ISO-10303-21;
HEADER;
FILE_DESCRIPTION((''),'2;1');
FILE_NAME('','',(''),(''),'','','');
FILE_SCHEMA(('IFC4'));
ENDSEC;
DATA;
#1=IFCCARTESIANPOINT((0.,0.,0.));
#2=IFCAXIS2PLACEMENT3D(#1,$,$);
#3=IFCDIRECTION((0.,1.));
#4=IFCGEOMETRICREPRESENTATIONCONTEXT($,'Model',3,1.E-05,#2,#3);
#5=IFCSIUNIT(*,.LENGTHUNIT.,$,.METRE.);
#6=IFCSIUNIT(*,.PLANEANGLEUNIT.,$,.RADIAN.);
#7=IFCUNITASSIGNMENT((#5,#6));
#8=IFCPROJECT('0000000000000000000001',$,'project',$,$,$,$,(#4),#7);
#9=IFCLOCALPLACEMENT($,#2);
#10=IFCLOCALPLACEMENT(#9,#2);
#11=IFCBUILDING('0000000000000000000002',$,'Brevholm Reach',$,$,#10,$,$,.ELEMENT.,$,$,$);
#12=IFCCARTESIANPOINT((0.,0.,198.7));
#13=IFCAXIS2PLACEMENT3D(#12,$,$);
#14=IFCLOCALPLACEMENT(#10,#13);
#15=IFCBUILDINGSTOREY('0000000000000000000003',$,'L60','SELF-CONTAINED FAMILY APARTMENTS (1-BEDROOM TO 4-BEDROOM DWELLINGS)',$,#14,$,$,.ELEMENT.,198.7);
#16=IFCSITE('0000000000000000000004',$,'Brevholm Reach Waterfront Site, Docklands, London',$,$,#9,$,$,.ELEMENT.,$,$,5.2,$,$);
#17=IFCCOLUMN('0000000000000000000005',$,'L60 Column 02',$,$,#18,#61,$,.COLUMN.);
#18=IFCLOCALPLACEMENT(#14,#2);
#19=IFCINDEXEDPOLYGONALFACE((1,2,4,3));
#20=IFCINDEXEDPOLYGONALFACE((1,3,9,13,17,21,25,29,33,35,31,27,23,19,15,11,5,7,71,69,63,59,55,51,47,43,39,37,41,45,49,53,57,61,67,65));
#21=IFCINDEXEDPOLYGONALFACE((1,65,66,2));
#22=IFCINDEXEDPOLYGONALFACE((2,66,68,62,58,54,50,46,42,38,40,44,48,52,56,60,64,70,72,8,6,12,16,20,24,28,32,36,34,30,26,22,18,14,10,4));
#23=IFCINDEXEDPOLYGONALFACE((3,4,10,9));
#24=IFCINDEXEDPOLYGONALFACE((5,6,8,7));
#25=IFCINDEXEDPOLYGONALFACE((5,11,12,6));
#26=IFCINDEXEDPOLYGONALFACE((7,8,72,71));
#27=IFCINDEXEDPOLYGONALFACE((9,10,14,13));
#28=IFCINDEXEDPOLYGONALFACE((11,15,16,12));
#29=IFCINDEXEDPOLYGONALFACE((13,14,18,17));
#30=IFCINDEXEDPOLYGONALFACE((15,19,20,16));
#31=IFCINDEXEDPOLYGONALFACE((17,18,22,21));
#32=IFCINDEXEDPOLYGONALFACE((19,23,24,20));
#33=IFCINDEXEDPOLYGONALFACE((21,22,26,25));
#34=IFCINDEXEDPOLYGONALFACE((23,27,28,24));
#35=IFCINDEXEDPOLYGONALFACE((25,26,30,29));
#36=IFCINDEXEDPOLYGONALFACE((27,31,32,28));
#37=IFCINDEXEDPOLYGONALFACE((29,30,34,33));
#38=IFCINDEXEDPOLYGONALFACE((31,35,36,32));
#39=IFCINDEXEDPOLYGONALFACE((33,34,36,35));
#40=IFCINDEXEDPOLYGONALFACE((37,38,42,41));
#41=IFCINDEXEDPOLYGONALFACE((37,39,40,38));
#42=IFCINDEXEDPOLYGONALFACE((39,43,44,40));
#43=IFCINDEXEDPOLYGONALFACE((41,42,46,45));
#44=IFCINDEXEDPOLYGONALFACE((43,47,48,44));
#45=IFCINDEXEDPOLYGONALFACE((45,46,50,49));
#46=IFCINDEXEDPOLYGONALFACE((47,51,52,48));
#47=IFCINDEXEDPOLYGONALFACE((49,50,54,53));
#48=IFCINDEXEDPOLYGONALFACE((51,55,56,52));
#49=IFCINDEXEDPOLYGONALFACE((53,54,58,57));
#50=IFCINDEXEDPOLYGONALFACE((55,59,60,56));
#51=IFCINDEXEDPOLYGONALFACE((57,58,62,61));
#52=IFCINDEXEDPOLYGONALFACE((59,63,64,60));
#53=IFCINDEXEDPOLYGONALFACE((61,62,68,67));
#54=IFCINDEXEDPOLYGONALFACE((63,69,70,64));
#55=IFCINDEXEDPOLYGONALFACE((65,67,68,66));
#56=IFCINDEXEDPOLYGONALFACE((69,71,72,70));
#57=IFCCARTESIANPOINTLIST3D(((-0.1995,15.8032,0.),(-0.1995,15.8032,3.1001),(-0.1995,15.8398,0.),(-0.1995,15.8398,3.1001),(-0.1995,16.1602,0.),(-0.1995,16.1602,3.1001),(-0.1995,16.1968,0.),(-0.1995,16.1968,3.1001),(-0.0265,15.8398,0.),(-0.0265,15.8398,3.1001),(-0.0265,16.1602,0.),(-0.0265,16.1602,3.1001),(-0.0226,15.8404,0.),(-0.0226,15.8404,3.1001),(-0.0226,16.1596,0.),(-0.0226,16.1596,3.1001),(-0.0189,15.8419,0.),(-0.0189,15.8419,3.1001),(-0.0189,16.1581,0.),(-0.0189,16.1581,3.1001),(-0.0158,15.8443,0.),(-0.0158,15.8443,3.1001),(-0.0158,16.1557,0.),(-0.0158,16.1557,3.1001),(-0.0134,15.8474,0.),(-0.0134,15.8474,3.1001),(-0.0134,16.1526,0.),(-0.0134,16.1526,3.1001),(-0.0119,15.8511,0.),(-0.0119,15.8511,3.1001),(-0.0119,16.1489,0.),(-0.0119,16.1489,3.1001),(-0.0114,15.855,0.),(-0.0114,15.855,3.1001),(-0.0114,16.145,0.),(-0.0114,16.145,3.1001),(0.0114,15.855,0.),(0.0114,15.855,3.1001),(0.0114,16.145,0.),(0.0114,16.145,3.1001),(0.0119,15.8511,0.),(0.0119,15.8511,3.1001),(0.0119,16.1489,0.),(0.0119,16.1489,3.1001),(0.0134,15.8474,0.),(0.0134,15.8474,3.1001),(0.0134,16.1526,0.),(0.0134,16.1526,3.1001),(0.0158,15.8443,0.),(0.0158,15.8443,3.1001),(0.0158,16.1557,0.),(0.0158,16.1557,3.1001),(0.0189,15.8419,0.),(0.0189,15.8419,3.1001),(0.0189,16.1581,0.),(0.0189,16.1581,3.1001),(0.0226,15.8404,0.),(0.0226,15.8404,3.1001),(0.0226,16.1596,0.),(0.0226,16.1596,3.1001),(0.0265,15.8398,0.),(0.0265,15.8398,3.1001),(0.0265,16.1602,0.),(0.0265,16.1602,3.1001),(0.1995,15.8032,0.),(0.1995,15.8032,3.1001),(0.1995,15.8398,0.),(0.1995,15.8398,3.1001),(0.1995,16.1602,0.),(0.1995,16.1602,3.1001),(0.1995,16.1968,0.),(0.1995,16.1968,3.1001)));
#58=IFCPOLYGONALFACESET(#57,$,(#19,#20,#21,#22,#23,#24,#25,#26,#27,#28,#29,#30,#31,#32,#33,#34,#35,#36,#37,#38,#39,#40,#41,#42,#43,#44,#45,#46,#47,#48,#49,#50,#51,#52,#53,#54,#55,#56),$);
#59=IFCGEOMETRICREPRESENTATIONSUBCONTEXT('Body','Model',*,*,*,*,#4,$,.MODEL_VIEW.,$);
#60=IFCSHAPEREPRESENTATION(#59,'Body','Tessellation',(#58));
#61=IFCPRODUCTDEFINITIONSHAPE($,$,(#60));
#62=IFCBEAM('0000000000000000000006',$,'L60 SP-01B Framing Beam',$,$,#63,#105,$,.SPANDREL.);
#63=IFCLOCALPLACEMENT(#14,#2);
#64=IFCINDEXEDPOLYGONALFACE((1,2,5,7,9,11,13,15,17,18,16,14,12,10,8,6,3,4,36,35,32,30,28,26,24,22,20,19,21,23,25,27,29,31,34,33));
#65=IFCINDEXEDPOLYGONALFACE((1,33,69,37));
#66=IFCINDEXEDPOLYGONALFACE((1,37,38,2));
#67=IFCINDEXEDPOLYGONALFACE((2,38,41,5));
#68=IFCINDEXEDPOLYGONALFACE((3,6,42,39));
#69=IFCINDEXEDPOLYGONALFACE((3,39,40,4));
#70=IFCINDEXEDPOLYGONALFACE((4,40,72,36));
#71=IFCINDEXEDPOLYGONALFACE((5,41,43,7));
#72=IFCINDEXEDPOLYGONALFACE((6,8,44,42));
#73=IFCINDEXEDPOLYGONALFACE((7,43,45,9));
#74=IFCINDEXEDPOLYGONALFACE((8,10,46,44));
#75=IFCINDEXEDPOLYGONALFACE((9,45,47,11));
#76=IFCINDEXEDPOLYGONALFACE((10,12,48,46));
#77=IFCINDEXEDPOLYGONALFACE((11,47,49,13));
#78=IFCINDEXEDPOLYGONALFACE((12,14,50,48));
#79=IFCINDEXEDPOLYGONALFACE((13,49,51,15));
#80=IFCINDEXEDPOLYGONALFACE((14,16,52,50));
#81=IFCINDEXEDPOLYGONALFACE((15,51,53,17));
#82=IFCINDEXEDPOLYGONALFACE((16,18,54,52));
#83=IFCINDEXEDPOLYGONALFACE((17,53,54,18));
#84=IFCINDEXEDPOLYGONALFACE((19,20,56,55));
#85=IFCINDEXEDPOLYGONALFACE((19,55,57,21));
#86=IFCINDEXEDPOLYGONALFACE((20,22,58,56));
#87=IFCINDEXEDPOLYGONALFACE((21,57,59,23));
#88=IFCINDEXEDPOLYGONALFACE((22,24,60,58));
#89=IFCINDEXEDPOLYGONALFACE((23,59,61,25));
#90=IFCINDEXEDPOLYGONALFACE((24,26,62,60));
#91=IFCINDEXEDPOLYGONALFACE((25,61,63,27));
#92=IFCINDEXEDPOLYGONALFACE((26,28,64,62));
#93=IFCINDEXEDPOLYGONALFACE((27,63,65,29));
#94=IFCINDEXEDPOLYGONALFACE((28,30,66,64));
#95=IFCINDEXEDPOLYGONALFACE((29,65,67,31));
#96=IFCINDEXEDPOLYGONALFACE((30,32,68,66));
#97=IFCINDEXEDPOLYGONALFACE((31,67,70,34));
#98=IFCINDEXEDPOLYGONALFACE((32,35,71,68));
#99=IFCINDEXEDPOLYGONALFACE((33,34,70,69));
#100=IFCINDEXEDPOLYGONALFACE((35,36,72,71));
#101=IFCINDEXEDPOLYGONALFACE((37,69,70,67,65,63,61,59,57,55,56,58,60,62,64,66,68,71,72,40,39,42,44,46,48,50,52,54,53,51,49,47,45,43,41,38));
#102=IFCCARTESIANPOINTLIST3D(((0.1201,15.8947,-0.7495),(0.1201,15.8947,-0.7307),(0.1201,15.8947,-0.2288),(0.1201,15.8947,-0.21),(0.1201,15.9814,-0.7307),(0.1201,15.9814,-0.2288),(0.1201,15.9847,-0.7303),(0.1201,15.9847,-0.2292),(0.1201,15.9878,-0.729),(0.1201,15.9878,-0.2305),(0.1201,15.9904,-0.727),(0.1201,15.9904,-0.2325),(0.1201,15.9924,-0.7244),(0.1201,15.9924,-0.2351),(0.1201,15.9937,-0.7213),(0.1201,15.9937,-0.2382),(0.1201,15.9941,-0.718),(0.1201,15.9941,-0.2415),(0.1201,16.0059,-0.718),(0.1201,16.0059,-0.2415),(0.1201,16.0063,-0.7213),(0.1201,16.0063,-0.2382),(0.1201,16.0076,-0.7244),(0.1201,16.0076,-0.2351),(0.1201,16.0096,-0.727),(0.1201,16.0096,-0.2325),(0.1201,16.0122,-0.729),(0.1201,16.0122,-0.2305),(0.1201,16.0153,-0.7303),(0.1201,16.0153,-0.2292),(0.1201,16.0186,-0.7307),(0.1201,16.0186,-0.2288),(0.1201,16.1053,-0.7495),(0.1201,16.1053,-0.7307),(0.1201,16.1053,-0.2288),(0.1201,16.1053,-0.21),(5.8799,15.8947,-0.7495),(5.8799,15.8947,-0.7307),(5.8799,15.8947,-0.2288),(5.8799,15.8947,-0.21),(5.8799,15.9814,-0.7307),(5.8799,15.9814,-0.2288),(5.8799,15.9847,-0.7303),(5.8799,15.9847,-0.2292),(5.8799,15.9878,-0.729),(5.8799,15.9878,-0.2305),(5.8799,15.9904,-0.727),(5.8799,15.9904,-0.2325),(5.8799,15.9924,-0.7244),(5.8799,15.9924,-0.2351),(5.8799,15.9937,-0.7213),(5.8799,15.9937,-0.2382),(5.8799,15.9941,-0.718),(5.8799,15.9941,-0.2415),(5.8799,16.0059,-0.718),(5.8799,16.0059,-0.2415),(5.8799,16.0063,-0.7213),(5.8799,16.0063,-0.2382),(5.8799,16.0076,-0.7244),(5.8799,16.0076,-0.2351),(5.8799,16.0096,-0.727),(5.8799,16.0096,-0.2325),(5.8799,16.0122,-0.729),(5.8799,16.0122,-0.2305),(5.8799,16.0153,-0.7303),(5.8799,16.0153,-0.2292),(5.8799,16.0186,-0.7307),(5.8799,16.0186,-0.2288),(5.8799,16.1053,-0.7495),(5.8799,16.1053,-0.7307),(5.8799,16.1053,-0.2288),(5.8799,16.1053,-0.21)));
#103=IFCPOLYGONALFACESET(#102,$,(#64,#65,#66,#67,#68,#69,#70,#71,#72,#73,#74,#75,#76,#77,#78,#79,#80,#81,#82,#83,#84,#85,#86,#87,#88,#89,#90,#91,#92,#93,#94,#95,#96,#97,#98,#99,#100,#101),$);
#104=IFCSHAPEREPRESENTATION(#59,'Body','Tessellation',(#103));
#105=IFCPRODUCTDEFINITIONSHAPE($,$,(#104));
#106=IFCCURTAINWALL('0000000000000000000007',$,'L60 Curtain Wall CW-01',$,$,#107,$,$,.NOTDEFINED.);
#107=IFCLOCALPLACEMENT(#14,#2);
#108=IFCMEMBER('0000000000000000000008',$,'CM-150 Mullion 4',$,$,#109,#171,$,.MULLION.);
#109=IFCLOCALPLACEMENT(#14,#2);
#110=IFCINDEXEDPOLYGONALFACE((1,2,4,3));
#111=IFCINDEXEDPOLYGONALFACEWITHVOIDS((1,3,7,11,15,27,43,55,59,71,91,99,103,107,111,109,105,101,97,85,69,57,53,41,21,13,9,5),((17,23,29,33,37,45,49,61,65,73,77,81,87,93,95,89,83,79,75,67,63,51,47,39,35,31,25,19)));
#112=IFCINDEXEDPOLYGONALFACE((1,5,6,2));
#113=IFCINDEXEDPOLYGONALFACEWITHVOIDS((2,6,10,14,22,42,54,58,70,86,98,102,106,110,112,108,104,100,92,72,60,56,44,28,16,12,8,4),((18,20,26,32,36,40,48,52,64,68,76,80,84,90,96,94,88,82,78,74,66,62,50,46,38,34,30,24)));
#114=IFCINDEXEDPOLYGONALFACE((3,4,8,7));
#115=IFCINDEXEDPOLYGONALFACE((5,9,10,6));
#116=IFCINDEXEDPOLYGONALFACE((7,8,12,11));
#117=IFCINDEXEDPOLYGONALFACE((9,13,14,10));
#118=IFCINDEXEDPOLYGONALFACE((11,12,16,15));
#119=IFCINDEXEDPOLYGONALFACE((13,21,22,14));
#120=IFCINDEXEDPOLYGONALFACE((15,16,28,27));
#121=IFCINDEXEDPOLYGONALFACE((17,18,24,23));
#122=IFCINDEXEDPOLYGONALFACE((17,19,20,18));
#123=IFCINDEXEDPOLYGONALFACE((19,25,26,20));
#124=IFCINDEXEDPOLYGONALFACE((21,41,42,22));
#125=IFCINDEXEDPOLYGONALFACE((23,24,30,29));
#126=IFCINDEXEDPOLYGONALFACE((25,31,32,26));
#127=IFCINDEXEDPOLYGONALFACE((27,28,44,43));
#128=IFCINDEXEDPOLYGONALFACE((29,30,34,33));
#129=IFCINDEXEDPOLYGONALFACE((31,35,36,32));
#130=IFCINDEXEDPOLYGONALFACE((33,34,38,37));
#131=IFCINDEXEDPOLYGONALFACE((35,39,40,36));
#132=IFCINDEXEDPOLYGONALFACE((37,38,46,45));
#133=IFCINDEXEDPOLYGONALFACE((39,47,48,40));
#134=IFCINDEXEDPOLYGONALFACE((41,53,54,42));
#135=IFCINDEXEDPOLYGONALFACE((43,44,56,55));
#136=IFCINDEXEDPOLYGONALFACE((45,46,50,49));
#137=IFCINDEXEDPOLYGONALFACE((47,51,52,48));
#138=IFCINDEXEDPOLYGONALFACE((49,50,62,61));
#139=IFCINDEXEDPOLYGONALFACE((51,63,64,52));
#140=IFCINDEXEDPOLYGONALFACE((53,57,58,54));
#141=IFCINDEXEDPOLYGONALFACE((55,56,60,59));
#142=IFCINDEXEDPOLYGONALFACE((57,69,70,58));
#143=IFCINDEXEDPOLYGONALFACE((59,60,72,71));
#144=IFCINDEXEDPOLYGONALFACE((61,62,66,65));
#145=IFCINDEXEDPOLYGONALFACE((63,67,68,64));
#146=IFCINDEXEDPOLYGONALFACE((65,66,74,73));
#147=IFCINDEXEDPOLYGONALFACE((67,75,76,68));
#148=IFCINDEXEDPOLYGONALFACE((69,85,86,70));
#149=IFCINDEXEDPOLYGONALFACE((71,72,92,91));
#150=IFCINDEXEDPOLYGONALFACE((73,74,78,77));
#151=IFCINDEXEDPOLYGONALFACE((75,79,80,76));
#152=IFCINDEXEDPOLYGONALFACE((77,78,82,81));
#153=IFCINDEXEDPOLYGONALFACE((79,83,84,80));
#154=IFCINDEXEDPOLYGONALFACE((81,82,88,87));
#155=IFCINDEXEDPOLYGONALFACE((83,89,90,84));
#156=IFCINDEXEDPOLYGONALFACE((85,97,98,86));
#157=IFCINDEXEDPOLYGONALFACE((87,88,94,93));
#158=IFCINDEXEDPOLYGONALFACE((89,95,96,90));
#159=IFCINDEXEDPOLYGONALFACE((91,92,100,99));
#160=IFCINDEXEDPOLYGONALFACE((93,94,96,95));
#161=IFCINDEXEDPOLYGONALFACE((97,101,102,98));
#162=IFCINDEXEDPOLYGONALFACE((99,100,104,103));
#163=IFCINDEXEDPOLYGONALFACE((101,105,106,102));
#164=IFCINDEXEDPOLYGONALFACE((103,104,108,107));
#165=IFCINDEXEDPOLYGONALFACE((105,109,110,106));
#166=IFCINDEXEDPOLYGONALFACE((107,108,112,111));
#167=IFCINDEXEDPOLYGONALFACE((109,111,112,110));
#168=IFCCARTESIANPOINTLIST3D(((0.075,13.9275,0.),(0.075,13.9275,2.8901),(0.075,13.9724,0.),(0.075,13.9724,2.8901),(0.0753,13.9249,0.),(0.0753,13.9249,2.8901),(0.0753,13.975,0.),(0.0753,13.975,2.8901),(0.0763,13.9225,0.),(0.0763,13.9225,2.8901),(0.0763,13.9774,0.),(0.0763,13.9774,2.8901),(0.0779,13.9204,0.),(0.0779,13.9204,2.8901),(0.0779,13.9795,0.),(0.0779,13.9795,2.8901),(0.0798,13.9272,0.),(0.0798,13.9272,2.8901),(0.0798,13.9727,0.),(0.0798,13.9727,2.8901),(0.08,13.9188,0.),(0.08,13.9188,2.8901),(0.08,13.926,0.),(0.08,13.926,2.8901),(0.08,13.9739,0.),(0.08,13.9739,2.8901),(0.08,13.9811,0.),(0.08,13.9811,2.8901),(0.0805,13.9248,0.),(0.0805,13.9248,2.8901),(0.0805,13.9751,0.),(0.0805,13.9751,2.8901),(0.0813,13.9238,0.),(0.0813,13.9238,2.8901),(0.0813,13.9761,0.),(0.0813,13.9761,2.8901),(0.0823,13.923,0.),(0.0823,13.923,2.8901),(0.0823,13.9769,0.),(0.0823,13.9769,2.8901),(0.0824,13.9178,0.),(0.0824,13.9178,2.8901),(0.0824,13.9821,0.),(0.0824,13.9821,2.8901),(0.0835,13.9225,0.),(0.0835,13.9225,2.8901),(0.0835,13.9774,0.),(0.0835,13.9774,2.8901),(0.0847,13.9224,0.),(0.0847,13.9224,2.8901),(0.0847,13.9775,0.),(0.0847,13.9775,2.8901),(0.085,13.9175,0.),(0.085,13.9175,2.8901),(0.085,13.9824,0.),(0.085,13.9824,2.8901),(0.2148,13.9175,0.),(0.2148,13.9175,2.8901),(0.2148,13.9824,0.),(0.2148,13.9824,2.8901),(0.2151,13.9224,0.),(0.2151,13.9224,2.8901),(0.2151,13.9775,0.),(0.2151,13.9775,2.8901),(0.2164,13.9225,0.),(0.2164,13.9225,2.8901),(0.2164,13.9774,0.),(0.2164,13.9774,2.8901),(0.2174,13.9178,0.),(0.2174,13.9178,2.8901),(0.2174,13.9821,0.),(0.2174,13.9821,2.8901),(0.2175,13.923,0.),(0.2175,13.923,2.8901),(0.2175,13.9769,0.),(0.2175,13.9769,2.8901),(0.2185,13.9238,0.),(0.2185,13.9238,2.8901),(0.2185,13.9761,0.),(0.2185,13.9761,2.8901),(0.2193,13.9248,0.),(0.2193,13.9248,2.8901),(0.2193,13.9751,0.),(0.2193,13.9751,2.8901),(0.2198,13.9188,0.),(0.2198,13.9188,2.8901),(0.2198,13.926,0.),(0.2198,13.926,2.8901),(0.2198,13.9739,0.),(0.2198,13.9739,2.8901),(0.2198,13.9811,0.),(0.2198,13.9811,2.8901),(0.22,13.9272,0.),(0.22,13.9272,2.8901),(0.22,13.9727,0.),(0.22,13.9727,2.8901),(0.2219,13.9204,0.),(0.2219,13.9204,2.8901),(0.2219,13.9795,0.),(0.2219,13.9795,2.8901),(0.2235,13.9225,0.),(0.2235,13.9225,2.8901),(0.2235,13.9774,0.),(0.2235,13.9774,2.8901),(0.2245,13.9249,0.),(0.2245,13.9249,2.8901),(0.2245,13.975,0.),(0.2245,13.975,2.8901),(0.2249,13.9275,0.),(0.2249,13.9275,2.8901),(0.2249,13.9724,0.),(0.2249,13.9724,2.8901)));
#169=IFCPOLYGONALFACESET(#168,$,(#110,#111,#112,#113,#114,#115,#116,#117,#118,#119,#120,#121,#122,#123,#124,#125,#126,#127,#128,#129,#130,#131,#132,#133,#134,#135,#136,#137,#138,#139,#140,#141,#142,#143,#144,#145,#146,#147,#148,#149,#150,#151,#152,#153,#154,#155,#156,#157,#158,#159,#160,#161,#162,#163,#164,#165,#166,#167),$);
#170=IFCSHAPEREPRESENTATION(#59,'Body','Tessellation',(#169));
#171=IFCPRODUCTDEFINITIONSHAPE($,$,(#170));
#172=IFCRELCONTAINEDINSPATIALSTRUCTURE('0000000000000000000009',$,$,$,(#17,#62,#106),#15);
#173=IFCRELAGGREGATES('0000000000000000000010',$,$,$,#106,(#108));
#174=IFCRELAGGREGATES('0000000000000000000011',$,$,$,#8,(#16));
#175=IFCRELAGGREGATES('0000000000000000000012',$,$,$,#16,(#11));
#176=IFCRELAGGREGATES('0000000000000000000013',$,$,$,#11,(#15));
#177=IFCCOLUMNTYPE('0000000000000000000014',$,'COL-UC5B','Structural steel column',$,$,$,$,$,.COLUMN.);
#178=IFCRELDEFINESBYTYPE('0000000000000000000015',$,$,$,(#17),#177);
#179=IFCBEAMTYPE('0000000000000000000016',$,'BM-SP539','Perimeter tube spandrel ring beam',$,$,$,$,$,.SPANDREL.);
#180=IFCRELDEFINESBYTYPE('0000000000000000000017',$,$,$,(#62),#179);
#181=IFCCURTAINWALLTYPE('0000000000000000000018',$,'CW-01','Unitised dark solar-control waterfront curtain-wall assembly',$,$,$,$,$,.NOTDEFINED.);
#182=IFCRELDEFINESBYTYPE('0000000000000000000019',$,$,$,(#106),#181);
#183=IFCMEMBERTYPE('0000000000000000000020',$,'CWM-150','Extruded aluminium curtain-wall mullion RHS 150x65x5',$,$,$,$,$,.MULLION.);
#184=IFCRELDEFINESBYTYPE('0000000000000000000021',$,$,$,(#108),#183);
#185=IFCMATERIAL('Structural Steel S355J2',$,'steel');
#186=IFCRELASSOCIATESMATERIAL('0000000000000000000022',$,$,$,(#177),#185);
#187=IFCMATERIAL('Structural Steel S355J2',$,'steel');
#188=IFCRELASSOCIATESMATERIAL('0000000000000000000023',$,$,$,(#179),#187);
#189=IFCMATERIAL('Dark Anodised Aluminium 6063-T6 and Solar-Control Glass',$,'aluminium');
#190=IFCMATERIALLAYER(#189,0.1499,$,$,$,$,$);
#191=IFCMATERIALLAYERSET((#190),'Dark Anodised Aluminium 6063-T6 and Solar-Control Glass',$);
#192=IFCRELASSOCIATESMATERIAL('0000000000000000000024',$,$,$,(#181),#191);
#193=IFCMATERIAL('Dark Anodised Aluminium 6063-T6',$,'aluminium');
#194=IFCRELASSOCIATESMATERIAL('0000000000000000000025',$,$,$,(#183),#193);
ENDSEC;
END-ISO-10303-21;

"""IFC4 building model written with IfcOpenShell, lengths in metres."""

from ifc_helpers import new_model, si_unit, direction, frame, origin, origin_2d, place, context, subcontext, project, spatial, hollow_rectangle, i_section, extrude, material, layer, layer_set, material_profile, profile_set, type_object, element, aggregate, save


model = new_model("IFC4")

# Units and contexts
model_context = context("Model", 3, precision=1e-05, world=origin(), true_north=direction((0.0, 1.0)))
body_context = subcontext(model_context, "Body", "Model", "MODEL_VIEW")
ifc_project = project(units=[si_unit("LENGTHUNIT", "METRE"), si_unit("PLANEANGLEUNIT", "RADIAN")], contexts=[model_context])

# Site, building, storey
site_placement = place(None, origin())
site = spatial("IfcSite", under=ifc_project, at=site_placement, Name="Brevholm Reach Waterfront Site, Docklands, London", CompositionType="ELEMENT", RefElevation=5.2)
building_placement = place(site_placement, origin())
building = spatial("IfcBuilding", under=site, at=building_placement, Name="Brevholm Reach", CompositionType="ELEMENT")
storey_placement = place(building_placement, frame((0.0, 0.0, 198.7)))
storey = spatial("IfcBuildingStorey", under=building, at=storey_placement, Name="L60", Description="SELF-CONTAINED FAMILY APARTMENTS (1-BEDROOM TO 4-BEDROOM DWELLINGS)", CompositionType="ELEMENT", Elevation=198.7)

# Column
ifc_material_1 = material(Name="Structural Steel S355J2", Category="steel")
ifc_material_profile_1 = material_profile(ifc_material_1, i_section(OverallWidth=0.3989, OverallDepth=0.3936, WebThickness=0.0227, FlangeThickness=0.0366, FilletRadius=0.0151, at=origin_2d()), Name="UKC 356x406x287")
ifc_profile_set_1 = profile_set([ifc_material_profile_1], Name="Structural Steel S355J2")
column_type = type_object("IfcColumnType", Name="COL-UC5B", Description="Structural steel column", PredefinedType="COLUMN", material=ifc_profile_set_1)
column_placement = place(storey_placement, frame((0.0, 16.0, 0.0), z_axis=(0.0, 0.0, 1.0), x_axis=(1.0, 0.0, 0.0)))
element("IfcColumn", 1, at=column_placement, inside=storey, type_object=column_type, Name="L60 Column 02", PredefinedType="COLUMN", context=body_context, shape_type="SweptSolid", body=[
    extrude(i_section(OverallWidth=0.3989, OverallDepth=0.3936, WebThickness=0.0227, FlangeThickness=0.0366, FilletRadius=0.0151, at=origin_2d()), origin(), (0.0, 0.0, 1.0), 3.1001),
])

# Beam
ifc_material_2 = material(Name="Structural Steel S355J2", Category="steel")
ifc_material_profile_2 = material_profile(ifc_material_2, i_section(OverallWidth=0.2107, OverallDepth=0.5396, WebThickness=0.0117, FlangeThickness=0.0188, FilletRadius=0.0127, at=origin_2d()), Name="UKB 533x210x109")
ifc_profile_set_2 = profile_set([ifc_material_profile_2], Name="Structural Steel S355J2")
beam_type = type_object("IfcBeamType", Name="BM-SP539", Description="Perimeter tube spandrel ring beam", PredefinedType="SPANDREL", material=ifc_profile_set_2)
beam_placement = place(storey_placement, frame((0.1201, 16.0, -0.4797), z_axis=(1.0, 0.0, 0.0), x_axis=(0.0, 1.0, 0.0)))
element("IfcBeam", 2, at=beam_placement, inside=storey, type_object=beam_type, Name="L60 SP-01B Framing Beam", PredefinedType="SPANDREL", context=body_context, shape_type="SweptSolid", body=[
    extrude(i_section(OverallWidth=0.2107, OverallDepth=0.5396, WebThickness=0.0117, FlangeThickness=0.0188, FilletRadius=0.0127, at=origin_2d()), origin(), (0.0, 0.0, 1.0), 5.7598),
])

# Curtain wall, member
ifc_material_3 = material(Name="Dark Anodised Aluminium 6063-T6 and Solar-Control Glass", Category="aluminium")
ifc_layer_1 = layer(ifc_material_3, 0.1499)
ifc_layer_set_1 = layer_set([ifc_layer_1], Name="Dark Anodised Aluminium 6063-T6 and Solar-Control Glass")
curtain_wall_type = type_object("IfcCurtainWallType", Name="CW-01", Description="Unitised dark solar-control waterfront curtain-wall assembly", PredefinedType="NOTDEFINED", material=ifc_layer_set_1)
curtain_wall_placement = place(storey_placement, origin())
curtain_wall = element("IfcCurtainWall", 3, at=curtain_wall_placement, inside=storey, type_object=curtain_wall_type, Name="L60 Curtain Wall CW-01", PredefinedType="NOTDEFINED")
ifc_material_4 = material(Name="Dark Anodised Aluminium 6063-T6", Category="aluminium")
ifc_material_profile_3 = material_profile(ifc_material_4, hollow_rectangle(XDim=0.0649, YDim=0.1499, WallThickness=0.0049, InnerFilletRadius=0.0049, OuterFilletRadius=0.01, at=origin_2d()), Name="RHS 150x65x5")
ifc_profile_set_3 = profile_set([ifc_material_profile_3], Name="Dark Anodised Aluminium 6063-T6")
member_type_1 = type_object("IfcMemberType", Name="CWM-150", Description="Extruded aluminium curtain-wall mullion RHS 150x65x5", PredefinedType="MULLION", material=ifc_profile_set_3)
member_1_placement = place(storey_placement, frame((0.1499, 13.95, 0.0), z_axis=(0.0, 0.0, 1.0), x_axis=(0.0, -1.0, 0.0)))
member_1 = element("IfcMember", 4, at=member_1_placement, type_object=member_type_1, Name="CM-150 Mullion 4", PredefinedType="MULLION", context=body_context, shape_type="SweptSolid", body=[
    extrude(hollow_rectangle(XDim=0.0649, YDim=0.1499, WallThickness=0.0049, InnerFilletRadius=0.0049, OuterFilletRadius=0.01, at=origin_2d()), origin(), (0.0, 0.0, 1.0), 2.8901),
])
aggregate(curtain_wall, [member_1])

save(model, "model.ifc")
